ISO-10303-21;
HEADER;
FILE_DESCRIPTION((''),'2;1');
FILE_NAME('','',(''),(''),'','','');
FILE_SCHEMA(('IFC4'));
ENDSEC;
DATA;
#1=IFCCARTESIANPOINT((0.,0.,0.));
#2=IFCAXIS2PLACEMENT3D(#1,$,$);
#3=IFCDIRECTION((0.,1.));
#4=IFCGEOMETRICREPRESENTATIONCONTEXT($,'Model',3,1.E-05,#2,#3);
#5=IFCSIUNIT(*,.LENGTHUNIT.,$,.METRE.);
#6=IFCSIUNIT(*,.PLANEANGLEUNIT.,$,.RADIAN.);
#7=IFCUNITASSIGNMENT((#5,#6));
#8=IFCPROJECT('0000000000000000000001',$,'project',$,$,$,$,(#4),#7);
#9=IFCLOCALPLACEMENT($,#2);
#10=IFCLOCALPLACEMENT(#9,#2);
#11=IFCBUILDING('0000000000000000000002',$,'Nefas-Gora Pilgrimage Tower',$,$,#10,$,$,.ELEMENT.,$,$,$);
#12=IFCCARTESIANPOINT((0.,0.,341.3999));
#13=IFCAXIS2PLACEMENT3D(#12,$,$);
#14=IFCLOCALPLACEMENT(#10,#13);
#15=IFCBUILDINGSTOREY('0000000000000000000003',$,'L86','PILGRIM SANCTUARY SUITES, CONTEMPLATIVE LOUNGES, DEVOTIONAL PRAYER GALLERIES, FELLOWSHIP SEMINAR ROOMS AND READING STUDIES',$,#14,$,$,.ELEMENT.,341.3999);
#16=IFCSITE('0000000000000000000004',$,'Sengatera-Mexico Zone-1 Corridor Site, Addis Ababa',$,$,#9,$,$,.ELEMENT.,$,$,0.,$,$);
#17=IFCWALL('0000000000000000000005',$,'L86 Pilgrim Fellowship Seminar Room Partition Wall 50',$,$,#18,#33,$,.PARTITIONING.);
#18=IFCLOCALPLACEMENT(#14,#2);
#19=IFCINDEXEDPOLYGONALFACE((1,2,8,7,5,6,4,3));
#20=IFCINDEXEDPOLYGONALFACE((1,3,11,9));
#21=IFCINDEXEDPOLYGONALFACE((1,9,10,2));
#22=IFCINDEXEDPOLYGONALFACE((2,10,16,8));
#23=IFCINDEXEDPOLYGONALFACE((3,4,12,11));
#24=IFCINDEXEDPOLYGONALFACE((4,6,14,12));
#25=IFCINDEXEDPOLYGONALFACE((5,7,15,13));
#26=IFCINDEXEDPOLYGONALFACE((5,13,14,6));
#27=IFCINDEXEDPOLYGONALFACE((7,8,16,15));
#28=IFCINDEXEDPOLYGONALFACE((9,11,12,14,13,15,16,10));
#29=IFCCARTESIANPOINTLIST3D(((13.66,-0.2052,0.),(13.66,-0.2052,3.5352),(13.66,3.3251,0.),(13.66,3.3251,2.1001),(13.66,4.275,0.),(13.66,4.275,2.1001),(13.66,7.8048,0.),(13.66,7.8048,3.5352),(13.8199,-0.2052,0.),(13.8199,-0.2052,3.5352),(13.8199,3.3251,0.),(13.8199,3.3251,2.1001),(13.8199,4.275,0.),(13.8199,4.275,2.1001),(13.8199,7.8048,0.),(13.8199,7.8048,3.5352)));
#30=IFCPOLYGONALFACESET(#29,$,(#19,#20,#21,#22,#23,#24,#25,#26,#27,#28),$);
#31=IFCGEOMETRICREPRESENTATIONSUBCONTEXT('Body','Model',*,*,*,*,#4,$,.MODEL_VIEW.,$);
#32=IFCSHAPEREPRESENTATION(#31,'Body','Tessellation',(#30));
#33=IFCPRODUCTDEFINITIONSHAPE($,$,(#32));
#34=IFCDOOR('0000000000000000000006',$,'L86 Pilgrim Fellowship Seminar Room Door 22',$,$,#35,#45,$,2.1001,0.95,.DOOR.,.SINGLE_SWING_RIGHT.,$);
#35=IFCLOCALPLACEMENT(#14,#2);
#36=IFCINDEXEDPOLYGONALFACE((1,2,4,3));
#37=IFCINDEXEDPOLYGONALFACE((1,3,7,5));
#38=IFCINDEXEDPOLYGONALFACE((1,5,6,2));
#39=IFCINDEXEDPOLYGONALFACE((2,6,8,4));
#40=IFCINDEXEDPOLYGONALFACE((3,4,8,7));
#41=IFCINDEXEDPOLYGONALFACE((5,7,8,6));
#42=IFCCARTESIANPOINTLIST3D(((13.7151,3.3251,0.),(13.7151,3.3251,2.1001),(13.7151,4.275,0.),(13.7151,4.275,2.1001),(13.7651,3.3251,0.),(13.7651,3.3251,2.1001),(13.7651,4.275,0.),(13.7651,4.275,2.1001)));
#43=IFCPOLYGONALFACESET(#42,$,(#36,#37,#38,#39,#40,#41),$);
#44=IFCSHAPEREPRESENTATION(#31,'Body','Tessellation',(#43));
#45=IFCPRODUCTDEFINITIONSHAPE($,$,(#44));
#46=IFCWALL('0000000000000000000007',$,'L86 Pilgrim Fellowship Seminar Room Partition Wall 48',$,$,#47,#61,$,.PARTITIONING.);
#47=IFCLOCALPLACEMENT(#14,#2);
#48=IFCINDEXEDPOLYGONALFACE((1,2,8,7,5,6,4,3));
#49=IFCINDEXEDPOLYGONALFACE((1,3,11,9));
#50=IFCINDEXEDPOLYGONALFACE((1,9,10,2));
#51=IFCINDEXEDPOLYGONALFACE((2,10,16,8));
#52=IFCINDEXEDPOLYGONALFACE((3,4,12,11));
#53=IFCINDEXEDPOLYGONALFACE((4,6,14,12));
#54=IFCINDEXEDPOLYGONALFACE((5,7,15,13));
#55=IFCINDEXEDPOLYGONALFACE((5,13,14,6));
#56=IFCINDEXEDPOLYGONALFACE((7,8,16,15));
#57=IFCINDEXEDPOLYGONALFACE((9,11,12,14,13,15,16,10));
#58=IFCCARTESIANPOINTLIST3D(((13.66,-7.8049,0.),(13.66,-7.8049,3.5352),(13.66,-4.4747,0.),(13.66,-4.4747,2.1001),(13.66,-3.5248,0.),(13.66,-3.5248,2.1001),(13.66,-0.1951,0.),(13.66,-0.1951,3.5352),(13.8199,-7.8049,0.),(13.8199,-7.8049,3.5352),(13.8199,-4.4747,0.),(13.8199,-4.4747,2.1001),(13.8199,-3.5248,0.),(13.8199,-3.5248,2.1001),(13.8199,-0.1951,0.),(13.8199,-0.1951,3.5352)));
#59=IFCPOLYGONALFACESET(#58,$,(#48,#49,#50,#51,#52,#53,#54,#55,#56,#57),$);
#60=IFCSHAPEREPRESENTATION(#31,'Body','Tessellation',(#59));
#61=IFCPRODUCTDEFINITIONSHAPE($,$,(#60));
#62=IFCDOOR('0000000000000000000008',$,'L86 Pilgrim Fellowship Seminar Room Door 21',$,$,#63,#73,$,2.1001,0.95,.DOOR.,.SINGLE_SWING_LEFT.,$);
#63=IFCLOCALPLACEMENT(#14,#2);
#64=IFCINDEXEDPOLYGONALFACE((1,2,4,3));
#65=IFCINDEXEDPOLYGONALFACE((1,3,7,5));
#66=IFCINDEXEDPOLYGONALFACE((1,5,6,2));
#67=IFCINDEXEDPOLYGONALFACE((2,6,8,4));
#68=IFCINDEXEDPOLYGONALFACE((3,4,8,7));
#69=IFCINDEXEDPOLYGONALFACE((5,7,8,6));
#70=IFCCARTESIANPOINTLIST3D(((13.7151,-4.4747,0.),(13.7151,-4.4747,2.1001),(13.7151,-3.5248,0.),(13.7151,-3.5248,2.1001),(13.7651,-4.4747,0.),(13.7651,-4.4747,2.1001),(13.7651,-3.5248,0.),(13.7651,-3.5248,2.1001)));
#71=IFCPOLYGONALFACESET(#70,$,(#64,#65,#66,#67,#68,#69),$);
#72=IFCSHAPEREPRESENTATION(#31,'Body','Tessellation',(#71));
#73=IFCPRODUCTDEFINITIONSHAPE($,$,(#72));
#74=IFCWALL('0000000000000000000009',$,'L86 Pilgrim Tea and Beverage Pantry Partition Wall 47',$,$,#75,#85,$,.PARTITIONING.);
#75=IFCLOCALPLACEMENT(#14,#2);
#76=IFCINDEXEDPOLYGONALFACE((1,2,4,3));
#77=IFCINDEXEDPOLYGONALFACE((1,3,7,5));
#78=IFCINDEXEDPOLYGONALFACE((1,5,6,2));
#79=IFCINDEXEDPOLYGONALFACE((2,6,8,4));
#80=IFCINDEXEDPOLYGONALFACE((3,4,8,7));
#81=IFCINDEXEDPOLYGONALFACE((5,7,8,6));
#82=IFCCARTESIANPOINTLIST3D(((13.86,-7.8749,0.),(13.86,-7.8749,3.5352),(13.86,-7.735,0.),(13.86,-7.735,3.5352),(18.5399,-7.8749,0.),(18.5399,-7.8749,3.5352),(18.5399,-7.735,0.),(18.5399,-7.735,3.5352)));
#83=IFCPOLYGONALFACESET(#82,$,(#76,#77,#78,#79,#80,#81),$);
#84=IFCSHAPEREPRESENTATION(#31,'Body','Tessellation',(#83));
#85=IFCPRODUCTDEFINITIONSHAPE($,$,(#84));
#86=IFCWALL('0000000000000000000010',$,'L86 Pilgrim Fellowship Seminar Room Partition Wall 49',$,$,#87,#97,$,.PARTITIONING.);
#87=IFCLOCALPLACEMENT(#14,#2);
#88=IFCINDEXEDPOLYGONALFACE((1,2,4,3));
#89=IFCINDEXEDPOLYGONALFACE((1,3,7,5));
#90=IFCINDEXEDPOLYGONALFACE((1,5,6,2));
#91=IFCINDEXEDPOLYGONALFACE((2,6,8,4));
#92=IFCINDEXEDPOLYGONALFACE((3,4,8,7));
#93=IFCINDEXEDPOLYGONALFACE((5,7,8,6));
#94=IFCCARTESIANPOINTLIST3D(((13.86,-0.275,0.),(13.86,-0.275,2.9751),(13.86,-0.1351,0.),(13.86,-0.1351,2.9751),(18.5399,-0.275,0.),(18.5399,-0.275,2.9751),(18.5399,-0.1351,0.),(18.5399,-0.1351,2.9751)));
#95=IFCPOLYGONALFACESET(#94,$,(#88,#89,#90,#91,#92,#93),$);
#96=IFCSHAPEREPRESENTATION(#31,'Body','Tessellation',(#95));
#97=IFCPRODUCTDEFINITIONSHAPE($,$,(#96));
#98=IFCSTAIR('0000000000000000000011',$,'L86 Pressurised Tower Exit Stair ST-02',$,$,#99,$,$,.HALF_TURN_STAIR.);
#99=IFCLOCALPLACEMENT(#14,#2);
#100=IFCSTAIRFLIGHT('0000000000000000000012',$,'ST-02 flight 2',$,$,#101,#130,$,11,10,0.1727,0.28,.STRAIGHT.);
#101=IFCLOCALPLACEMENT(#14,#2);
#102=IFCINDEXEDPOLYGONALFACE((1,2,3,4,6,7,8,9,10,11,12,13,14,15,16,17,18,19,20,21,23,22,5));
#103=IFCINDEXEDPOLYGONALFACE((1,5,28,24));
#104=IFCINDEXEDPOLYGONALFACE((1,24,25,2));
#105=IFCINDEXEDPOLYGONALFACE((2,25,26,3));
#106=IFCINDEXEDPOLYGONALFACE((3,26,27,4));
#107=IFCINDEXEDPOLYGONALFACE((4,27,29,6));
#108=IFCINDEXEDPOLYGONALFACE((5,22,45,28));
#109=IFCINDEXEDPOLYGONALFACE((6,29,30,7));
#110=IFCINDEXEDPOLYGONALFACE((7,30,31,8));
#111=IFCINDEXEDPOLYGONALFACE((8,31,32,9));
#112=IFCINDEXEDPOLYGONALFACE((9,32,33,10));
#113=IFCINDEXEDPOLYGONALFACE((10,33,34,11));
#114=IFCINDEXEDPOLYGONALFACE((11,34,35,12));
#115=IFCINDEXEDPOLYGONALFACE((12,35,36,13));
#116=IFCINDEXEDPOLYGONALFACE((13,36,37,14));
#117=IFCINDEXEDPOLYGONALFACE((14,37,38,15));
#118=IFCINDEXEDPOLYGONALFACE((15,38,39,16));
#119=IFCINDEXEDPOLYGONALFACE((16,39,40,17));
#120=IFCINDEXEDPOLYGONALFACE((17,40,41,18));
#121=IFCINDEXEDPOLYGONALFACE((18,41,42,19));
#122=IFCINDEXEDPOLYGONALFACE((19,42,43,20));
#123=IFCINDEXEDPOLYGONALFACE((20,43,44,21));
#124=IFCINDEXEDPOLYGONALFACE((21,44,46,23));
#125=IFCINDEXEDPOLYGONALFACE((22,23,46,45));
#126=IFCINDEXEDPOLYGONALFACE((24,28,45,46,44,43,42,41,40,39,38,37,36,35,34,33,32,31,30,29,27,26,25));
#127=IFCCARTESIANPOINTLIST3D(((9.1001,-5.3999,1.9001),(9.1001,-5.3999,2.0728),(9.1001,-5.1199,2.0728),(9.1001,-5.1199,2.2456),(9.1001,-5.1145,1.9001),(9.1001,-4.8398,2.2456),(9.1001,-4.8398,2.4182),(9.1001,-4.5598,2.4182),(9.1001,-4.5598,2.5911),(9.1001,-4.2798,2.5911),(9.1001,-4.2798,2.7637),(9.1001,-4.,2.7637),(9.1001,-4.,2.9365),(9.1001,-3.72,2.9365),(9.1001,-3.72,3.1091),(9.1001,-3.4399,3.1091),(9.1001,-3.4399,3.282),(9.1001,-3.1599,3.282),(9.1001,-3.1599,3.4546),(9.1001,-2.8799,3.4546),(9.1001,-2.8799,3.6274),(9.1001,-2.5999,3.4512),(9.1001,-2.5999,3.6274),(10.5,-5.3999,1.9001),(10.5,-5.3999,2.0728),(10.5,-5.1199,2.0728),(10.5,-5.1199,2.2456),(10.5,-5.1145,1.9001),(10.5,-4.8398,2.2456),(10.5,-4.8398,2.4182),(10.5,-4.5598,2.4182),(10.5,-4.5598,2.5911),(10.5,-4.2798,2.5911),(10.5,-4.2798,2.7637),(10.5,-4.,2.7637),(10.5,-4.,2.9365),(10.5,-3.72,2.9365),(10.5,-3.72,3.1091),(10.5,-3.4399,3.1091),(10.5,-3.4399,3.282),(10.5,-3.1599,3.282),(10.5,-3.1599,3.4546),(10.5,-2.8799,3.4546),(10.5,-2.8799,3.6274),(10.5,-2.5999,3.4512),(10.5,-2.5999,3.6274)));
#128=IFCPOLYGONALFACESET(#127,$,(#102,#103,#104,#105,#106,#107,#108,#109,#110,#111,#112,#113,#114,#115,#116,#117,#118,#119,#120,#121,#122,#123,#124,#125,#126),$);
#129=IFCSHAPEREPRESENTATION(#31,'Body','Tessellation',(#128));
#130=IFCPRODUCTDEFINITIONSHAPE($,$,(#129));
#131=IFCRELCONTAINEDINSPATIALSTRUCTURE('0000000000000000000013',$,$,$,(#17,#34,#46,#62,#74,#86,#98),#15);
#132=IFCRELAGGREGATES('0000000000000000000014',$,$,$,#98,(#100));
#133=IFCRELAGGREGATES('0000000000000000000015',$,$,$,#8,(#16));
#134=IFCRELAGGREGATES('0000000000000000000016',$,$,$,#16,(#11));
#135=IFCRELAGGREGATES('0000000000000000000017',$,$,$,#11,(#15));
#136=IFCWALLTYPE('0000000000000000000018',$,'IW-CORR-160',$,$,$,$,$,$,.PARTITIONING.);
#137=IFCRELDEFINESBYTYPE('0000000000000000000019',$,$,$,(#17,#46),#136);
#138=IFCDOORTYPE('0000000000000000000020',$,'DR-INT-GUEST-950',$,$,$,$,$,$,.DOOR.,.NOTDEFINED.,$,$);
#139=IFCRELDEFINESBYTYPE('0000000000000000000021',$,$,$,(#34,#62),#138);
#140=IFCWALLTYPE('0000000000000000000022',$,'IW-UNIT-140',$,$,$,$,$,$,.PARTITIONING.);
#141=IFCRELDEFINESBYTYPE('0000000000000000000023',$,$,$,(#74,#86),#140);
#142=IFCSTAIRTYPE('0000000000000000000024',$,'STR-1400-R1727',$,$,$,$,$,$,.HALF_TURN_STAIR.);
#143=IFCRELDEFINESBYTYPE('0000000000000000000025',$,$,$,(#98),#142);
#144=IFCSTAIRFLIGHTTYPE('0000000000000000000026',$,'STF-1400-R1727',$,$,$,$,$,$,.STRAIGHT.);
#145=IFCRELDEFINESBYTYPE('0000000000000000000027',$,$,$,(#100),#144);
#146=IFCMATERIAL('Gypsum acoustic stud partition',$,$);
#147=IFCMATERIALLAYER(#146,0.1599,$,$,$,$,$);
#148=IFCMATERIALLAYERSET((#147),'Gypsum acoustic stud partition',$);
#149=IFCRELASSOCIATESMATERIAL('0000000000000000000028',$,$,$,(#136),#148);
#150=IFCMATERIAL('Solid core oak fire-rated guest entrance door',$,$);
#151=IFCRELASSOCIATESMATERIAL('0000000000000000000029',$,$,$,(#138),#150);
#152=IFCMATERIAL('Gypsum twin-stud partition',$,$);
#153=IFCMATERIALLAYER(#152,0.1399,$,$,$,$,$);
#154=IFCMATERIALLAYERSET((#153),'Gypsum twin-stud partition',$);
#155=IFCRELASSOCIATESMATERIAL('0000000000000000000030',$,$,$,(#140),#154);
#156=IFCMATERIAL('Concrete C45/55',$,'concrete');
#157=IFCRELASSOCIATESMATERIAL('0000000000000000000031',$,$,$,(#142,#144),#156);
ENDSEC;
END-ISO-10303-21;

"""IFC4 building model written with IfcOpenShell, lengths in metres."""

from ifc_helpers import new_model, si_unit, direction, frame, frame_2d, origin, place, context, subcontext, project, spatial, polyline, rectangle, outline, extrude, source, transform, mapped, material, layer, layer_set, type_object, element, fill, aggregate, save


model = new_model("IFC4")

# Units and contexts
model_context = context("Model", 3, precision=1e-05, world=origin(), true_north=direction((0.0, 1.0)))
body_context = subcontext(model_context, "Body", "Model", "MODEL_VIEW")
ifc_project = project(units=[si_unit("LENGTHUNIT", "METRE"), si_unit("PLANEANGLEUNIT", "RADIAN")], contexts=[model_context])

# Site, building, storey
site_placement = place(None, origin())
site = spatial("IfcSite", under=ifc_project, at=site_placement, Name="Sengatera-Mexico Zone-1 Corridor Site, Addis Ababa", CompositionType="ELEMENT", RefElevation=0.0)
building_placement = place(site_placement, origin())
building = spatial("IfcBuilding", under=site, at=building_placement, Name="Nefas-Gora Pilgrimage Tower", CompositionType="ELEMENT")
storey_placement = place(building_placement, frame((0.0, 0.0, 341.3999)))
storey = spatial("IfcBuildingStorey", under=building, at=storey_placement, Name="L86", Description="PILGRIM SANCTUARY SUITES, CONTEMPLATIVE LOUNGES, DEVOTIONAL PRAYER GALLERIES, FELLOWSHIP SEMINAR ROOMS AND READING STUDIES", CompositionType="ELEMENT", Elevation=341.3999)

# Shared definitions
ifc_material_1 = material(Name="Concrete C45/55", Category="concrete")

# Walls, openings, doors
ifc_material_2 = material(Name="Gypsum acoustic stud partition")
ifc_layer_1 = layer(ifc_material_2, 0.1599)
ifc_layer_set_1 = layer_set([ifc_layer_1], Name="Gypsum acoustic stud partition")
wall_type_1 = type_object("IfcWallType", Name="IW-CORR-160", PredefinedType="PARTITIONING", material=ifc_layer_set_1)
shared_shape_1 = source(origin(), body_context, "Body", "SweptSolid", [
    extrude(rectangle(XDim=8.01, YDim=0.1599, at=frame_2d((4.0049, 0.0))), origin(), (0.0, 0.0, 1.0), 3.5352),
])
wall_1_placement = place(storey_placement, frame((13.74, -0.2051, 0.0), z_axis=(0.0, 0.0, 1.0), x_axis=(0.0, 1.0, 0.0)))
wall_1 = element("IfcWall", 1, at=wall_1_placement, inside=storey, type_object=wall_type_1, Name="L86 Pilgrim Fellowship Seminar Room Partition Wall 50", PredefinedType="PARTITIONING", context=body_context, shape_type="MappedRepresentation", body=[
    mapped(shared_shape_1, transform((0.0, 0.0, 0.0), x_axis=(1.0, 0.0, 0.0), y_axis=(0.0, 1.0, 0.0), z_axis=(0.0, 0.0, 1.0), scale=1.0)),
])
opening_1_placement = place(wall_1_placement, frame((3.53, 0.0, 0.0)))
opening_1 = element("IfcOpeningElement", 2, at=opening_1_placement, cuts=wall_1, PredefinedType="OPENING", context=body_context, shape_type="SweptSolid", body=[
    extrude(rectangle(XDim=0.95, YDim=2.1001, at=frame_2d((0.4751, 1.05))), frame((0.0, 0.0898, 0.0), z_axis=(0.0, -1.0, 0.0), x_axis=(1.0, 0.0, 0.0)), (0.0, 0.0, 1.0), 0.1799),
])
ifc_material_3 = material(Name="Solid core oak fire-rated guest entrance door")
door_type_1 = type_object("IfcDoorType", Name="DR-INT-GUEST-950", OperationType="NOTDEFINED", PredefinedType="DOOR", material=ifc_material_3)
shared_shape_2 = source(origin(), body_context, "Body", "SweptSolid", [
    extrude(rectangle(XDim=0.95, YDim=2.1001, at=frame_2d((0.4751, 1.05))), frame((0.0, 0.0249, 0.0), z_axis=(0.0, -1.0, 0.0), x_axis=(1.0, 0.0, 0.0)), (0.0, 0.0, 1.0), 0.05),
])
door_1_placement = place(opening_1_placement, origin())
door_1 = element("IfcDoor", 3, at=door_1_placement, inside=storey, type_object=door_type_1, Name="L86 Pilgrim Fellowship Seminar Room Door 22", OperationType="SINGLE_SWING_RIGHT", OverallHeight=2.1001, OverallWidth=0.95, PredefinedType="DOOR", context=body_context, shape_type="MappedRepresentation", body=[
    mapped(shared_shape_2, transform((0.0, 0.0, 0.0), x_axis=(1.0, 0.0, 0.0), y_axis=(0.0, 1.0, 0.0), z_axis=(0.0, 0.0, 1.0), scale=1.0)),
])
fill(opening_1, door_1)
shared_shape_3 = source(origin(), body_context, "Body", "SweptSolid", [
    extrude(rectangle(XDim=7.6099, YDim=0.1599, at=frame_2d((3.8049, 0.0))), origin(), (0.0, 0.0, 1.0), 3.5352),
])
wall_2_placement = place(storey_placement, frame((13.74, -7.8049, 0.0), z_axis=(0.0, 0.0, 1.0), x_axis=(0.0, 1.0, 0.0)))
wall_2 = element("IfcWall", 4, at=wall_2_placement, inside=storey, type_object=wall_type_1, Name="L86 Pilgrim Fellowship Seminar Room Partition Wall 48", PredefinedType="PARTITIONING", context=body_context, shape_type="MappedRepresentation", body=[
    mapped(shared_shape_3, transform((0.0, 0.0, 0.0), x_axis=(1.0, 0.0, 0.0), y_axis=(0.0, 1.0, 0.0), z_axis=(0.0, 0.0, 1.0), scale=1.0)),
])
opening_2_placement = place(wall_2_placement, frame((3.3301, 0.0, 0.0)))
opening_2 = element("IfcOpeningElement", 5, at=opening_2_placement, cuts=wall_2, PredefinedType="OPENING", context=body_context, shape_type="SweptSolid", body=[
    extrude(rectangle(XDim=0.95, YDim=2.1001, at=frame_2d((0.4751, 1.05))), frame((0.0, 0.0898, 0.0), z_axis=(0.0, -1.0, 0.0), x_axis=(1.0, 0.0, 0.0)), (0.0, 0.0, 1.0), 0.1799),
])
door_2_placement = place(opening_2_placement, origin())
door_2 = element("IfcDoor", 6, at=door_2_placement, inside=storey, type_object=door_type_1, Name="L86 Pilgrim Fellowship Seminar Room Door 21", OperationType="SINGLE_SWING_LEFT", OverallHeight=2.1001, OverallWidth=0.95, PredefinedType="DOOR", context=body_context, shape_type="MappedRepresentation", body=[
    mapped(shared_shape_2, transform((0.0, 0.0, 0.0), x_axis=(1.0, 0.0, 0.0), y_axis=(0.0, 1.0, 0.0), z_axis=(0.0, 0.0, 1.0), scale=1.0)),
])
fill(opening_2, door_2)

# Walls
ifc_material_4 = material(Name="Gypsum twin-stud partition")
ifc_layer_2 = layer(ifc_material_4, 0.1399)
ifc_layer_set_2 = layer_set([ifc_layer_2], Name="Gypsum twin-stud partition")
wall_type_2 = type_object("IfcWallType", Name="IW-UNIT-140", PredefinedType="PARTITIONING", material=ifc_layer_set_2)
shared_shape_4 = source(origin(), body_context, "Body", "SweptSolid", [
    extrude(rectangle(XDim=4.6799, YDim=0.1399, at=frame_2d((2.3398, 0.0))), origin(), (0.0, 0.0, 1.0), 3.5352),
])
wall_3_placement = place(storey_placement, frame((13.8601, -7.8049, 0.0), z_axis=(0.0, 0.0, 1.0), x_axis=(1.0, 0.0, 0.0)))
element("IfcWall", 7, at=wall_3_placement, inside=storey, type_object=wall_type_2, Name="L86 Pilgrim Tea and Beverage Pantry Partition Wall 47", PredefinedType="PARTITIONING", context=body_context, shape_type="MappedRepresentation", body=[
    mapped(shared_shape_4, transform((0.0, 0.0, 0.0), x_axis=(1.0, 0.0, 0.0), y_axis=(0.0, 1.0, 0.0), z_axis=(0.0, 0.0, 1.0), scale=1.0)),
])
shared_shape_5 = source(origin(), body_context, "Body", "SweptSolid", [
    extrude(rectangle(XDim=4.6799, YDim=0.1399, at=frame_2d((2.3398, 0.0))), origin(), (0.0, 0.0, 1.0), 2.9751),
])
wall_4_placement = place(storey_placement, frame((13.8601, -0.2051, 0.0), z_axis=(0.0, 0.0, 1.0), x_axis=(1.0, 0.0, 0.0)))
element("IfcWall", 8, at=wall_4_placement, inside=storey, type_object=wall_type_2, Name="L86 Pilgrim Fellowship Seminar Room Partition Wall 49", PredefinedType="PARTITIONING", context=body_context, shape_type="MappedRepresentation", body=[
    mapped(shared_shape_5, transform((0.0, 0.0, 0.0), x_axis=(1.0, 0.0, 0.0), y_axis=(0.0, 1.0, 0.0), z_axis=(0.0, 0.0, 1.0), scale=1.0)),
])

# Stair, stair flight
stair_type = type_object("IfcStairType", Name="STR-1400-R1727", PredefinedType="HALF_TURN_STAIR", material=ifc_material_1)
stair_placement = place(storey_placement, origin())
stair = element("IfcStair", 9, at=stair_placement, inside=storey, type_object=stair_type, Name="L86 Pressurised Tower Exit Stair ST-02", PredefinedType="HALF_TURN_STAIR")
stair_flight_type = type_object("IfcStairFlightType", Name="STF-1400-R1727", PredefinedType="STRAIGHT", material=ifc_material_1)
shared_shape_6 = source(origin(), body_context, "Body", "SweptSolid", [
    extrude(outline(polyline([(0.0, 0.0), (0.0, 0.1726), (0.28, 0.1726), (0.28, 0.3455), (0.5601, 0.3455), (0.5601, 0.5181), (0.8401, 0.5181), (0.8401, 0.6909), (1.1201, 0.6909), (1.1201, 0.8635), (1.3999, 0.8635), (1.3999, 1.0364), (1.6799, 1.0364), (1.6799, 1.209), (1.96, 1.209), (1.96, 1.3818), (2.24, 1.3818), (2.24, 1.5544), (2.52, 1.5544), (2.52, 1.7273), (2.8, 1.7273), (2.8, 1.8999), (2.8, 1.551), (0.2854, 0.0), (0.0, 0.0)])), frame((0.0, 0.7, 0.0), z_axis=(0.0, -1.0, 0.0), x_axis=(1.0, 0.0, 0.0)), (0.0, 0.0, 1.0), 1.3999),
])
stair_flight_placement = place(storey_placement, frame((9.8, -5.3999, 1.9001), z_axis=(0.0, 0.0, 1.0), x_axis=(0.0, 1.0, 0.0)))
stair_flight = element("IfcStairFlight", 10, at=stair_flight_placement, type_object=stair_flight_type, Name="ST-02 flight 2", NumberOfRisers=11, NumberOfTreads=10, PredefinedType="STRAIGHT", RiserHeight=0.1727, TreadLength=0.28, context=body_context, shape_type="MappedRepresentation", body=[
    mapped(shared_shape_6, transform((0.0, 0.0, 0.0), x_axis=(1.0, 0.0, 0.0), y_axis=(0.0, 1.0, 0.0), z_axis=(0.0, 0.0, 1.0), scale=1.0)),
])
aggregate(stair, [stair_flight])

save(model, "model.ifc")
